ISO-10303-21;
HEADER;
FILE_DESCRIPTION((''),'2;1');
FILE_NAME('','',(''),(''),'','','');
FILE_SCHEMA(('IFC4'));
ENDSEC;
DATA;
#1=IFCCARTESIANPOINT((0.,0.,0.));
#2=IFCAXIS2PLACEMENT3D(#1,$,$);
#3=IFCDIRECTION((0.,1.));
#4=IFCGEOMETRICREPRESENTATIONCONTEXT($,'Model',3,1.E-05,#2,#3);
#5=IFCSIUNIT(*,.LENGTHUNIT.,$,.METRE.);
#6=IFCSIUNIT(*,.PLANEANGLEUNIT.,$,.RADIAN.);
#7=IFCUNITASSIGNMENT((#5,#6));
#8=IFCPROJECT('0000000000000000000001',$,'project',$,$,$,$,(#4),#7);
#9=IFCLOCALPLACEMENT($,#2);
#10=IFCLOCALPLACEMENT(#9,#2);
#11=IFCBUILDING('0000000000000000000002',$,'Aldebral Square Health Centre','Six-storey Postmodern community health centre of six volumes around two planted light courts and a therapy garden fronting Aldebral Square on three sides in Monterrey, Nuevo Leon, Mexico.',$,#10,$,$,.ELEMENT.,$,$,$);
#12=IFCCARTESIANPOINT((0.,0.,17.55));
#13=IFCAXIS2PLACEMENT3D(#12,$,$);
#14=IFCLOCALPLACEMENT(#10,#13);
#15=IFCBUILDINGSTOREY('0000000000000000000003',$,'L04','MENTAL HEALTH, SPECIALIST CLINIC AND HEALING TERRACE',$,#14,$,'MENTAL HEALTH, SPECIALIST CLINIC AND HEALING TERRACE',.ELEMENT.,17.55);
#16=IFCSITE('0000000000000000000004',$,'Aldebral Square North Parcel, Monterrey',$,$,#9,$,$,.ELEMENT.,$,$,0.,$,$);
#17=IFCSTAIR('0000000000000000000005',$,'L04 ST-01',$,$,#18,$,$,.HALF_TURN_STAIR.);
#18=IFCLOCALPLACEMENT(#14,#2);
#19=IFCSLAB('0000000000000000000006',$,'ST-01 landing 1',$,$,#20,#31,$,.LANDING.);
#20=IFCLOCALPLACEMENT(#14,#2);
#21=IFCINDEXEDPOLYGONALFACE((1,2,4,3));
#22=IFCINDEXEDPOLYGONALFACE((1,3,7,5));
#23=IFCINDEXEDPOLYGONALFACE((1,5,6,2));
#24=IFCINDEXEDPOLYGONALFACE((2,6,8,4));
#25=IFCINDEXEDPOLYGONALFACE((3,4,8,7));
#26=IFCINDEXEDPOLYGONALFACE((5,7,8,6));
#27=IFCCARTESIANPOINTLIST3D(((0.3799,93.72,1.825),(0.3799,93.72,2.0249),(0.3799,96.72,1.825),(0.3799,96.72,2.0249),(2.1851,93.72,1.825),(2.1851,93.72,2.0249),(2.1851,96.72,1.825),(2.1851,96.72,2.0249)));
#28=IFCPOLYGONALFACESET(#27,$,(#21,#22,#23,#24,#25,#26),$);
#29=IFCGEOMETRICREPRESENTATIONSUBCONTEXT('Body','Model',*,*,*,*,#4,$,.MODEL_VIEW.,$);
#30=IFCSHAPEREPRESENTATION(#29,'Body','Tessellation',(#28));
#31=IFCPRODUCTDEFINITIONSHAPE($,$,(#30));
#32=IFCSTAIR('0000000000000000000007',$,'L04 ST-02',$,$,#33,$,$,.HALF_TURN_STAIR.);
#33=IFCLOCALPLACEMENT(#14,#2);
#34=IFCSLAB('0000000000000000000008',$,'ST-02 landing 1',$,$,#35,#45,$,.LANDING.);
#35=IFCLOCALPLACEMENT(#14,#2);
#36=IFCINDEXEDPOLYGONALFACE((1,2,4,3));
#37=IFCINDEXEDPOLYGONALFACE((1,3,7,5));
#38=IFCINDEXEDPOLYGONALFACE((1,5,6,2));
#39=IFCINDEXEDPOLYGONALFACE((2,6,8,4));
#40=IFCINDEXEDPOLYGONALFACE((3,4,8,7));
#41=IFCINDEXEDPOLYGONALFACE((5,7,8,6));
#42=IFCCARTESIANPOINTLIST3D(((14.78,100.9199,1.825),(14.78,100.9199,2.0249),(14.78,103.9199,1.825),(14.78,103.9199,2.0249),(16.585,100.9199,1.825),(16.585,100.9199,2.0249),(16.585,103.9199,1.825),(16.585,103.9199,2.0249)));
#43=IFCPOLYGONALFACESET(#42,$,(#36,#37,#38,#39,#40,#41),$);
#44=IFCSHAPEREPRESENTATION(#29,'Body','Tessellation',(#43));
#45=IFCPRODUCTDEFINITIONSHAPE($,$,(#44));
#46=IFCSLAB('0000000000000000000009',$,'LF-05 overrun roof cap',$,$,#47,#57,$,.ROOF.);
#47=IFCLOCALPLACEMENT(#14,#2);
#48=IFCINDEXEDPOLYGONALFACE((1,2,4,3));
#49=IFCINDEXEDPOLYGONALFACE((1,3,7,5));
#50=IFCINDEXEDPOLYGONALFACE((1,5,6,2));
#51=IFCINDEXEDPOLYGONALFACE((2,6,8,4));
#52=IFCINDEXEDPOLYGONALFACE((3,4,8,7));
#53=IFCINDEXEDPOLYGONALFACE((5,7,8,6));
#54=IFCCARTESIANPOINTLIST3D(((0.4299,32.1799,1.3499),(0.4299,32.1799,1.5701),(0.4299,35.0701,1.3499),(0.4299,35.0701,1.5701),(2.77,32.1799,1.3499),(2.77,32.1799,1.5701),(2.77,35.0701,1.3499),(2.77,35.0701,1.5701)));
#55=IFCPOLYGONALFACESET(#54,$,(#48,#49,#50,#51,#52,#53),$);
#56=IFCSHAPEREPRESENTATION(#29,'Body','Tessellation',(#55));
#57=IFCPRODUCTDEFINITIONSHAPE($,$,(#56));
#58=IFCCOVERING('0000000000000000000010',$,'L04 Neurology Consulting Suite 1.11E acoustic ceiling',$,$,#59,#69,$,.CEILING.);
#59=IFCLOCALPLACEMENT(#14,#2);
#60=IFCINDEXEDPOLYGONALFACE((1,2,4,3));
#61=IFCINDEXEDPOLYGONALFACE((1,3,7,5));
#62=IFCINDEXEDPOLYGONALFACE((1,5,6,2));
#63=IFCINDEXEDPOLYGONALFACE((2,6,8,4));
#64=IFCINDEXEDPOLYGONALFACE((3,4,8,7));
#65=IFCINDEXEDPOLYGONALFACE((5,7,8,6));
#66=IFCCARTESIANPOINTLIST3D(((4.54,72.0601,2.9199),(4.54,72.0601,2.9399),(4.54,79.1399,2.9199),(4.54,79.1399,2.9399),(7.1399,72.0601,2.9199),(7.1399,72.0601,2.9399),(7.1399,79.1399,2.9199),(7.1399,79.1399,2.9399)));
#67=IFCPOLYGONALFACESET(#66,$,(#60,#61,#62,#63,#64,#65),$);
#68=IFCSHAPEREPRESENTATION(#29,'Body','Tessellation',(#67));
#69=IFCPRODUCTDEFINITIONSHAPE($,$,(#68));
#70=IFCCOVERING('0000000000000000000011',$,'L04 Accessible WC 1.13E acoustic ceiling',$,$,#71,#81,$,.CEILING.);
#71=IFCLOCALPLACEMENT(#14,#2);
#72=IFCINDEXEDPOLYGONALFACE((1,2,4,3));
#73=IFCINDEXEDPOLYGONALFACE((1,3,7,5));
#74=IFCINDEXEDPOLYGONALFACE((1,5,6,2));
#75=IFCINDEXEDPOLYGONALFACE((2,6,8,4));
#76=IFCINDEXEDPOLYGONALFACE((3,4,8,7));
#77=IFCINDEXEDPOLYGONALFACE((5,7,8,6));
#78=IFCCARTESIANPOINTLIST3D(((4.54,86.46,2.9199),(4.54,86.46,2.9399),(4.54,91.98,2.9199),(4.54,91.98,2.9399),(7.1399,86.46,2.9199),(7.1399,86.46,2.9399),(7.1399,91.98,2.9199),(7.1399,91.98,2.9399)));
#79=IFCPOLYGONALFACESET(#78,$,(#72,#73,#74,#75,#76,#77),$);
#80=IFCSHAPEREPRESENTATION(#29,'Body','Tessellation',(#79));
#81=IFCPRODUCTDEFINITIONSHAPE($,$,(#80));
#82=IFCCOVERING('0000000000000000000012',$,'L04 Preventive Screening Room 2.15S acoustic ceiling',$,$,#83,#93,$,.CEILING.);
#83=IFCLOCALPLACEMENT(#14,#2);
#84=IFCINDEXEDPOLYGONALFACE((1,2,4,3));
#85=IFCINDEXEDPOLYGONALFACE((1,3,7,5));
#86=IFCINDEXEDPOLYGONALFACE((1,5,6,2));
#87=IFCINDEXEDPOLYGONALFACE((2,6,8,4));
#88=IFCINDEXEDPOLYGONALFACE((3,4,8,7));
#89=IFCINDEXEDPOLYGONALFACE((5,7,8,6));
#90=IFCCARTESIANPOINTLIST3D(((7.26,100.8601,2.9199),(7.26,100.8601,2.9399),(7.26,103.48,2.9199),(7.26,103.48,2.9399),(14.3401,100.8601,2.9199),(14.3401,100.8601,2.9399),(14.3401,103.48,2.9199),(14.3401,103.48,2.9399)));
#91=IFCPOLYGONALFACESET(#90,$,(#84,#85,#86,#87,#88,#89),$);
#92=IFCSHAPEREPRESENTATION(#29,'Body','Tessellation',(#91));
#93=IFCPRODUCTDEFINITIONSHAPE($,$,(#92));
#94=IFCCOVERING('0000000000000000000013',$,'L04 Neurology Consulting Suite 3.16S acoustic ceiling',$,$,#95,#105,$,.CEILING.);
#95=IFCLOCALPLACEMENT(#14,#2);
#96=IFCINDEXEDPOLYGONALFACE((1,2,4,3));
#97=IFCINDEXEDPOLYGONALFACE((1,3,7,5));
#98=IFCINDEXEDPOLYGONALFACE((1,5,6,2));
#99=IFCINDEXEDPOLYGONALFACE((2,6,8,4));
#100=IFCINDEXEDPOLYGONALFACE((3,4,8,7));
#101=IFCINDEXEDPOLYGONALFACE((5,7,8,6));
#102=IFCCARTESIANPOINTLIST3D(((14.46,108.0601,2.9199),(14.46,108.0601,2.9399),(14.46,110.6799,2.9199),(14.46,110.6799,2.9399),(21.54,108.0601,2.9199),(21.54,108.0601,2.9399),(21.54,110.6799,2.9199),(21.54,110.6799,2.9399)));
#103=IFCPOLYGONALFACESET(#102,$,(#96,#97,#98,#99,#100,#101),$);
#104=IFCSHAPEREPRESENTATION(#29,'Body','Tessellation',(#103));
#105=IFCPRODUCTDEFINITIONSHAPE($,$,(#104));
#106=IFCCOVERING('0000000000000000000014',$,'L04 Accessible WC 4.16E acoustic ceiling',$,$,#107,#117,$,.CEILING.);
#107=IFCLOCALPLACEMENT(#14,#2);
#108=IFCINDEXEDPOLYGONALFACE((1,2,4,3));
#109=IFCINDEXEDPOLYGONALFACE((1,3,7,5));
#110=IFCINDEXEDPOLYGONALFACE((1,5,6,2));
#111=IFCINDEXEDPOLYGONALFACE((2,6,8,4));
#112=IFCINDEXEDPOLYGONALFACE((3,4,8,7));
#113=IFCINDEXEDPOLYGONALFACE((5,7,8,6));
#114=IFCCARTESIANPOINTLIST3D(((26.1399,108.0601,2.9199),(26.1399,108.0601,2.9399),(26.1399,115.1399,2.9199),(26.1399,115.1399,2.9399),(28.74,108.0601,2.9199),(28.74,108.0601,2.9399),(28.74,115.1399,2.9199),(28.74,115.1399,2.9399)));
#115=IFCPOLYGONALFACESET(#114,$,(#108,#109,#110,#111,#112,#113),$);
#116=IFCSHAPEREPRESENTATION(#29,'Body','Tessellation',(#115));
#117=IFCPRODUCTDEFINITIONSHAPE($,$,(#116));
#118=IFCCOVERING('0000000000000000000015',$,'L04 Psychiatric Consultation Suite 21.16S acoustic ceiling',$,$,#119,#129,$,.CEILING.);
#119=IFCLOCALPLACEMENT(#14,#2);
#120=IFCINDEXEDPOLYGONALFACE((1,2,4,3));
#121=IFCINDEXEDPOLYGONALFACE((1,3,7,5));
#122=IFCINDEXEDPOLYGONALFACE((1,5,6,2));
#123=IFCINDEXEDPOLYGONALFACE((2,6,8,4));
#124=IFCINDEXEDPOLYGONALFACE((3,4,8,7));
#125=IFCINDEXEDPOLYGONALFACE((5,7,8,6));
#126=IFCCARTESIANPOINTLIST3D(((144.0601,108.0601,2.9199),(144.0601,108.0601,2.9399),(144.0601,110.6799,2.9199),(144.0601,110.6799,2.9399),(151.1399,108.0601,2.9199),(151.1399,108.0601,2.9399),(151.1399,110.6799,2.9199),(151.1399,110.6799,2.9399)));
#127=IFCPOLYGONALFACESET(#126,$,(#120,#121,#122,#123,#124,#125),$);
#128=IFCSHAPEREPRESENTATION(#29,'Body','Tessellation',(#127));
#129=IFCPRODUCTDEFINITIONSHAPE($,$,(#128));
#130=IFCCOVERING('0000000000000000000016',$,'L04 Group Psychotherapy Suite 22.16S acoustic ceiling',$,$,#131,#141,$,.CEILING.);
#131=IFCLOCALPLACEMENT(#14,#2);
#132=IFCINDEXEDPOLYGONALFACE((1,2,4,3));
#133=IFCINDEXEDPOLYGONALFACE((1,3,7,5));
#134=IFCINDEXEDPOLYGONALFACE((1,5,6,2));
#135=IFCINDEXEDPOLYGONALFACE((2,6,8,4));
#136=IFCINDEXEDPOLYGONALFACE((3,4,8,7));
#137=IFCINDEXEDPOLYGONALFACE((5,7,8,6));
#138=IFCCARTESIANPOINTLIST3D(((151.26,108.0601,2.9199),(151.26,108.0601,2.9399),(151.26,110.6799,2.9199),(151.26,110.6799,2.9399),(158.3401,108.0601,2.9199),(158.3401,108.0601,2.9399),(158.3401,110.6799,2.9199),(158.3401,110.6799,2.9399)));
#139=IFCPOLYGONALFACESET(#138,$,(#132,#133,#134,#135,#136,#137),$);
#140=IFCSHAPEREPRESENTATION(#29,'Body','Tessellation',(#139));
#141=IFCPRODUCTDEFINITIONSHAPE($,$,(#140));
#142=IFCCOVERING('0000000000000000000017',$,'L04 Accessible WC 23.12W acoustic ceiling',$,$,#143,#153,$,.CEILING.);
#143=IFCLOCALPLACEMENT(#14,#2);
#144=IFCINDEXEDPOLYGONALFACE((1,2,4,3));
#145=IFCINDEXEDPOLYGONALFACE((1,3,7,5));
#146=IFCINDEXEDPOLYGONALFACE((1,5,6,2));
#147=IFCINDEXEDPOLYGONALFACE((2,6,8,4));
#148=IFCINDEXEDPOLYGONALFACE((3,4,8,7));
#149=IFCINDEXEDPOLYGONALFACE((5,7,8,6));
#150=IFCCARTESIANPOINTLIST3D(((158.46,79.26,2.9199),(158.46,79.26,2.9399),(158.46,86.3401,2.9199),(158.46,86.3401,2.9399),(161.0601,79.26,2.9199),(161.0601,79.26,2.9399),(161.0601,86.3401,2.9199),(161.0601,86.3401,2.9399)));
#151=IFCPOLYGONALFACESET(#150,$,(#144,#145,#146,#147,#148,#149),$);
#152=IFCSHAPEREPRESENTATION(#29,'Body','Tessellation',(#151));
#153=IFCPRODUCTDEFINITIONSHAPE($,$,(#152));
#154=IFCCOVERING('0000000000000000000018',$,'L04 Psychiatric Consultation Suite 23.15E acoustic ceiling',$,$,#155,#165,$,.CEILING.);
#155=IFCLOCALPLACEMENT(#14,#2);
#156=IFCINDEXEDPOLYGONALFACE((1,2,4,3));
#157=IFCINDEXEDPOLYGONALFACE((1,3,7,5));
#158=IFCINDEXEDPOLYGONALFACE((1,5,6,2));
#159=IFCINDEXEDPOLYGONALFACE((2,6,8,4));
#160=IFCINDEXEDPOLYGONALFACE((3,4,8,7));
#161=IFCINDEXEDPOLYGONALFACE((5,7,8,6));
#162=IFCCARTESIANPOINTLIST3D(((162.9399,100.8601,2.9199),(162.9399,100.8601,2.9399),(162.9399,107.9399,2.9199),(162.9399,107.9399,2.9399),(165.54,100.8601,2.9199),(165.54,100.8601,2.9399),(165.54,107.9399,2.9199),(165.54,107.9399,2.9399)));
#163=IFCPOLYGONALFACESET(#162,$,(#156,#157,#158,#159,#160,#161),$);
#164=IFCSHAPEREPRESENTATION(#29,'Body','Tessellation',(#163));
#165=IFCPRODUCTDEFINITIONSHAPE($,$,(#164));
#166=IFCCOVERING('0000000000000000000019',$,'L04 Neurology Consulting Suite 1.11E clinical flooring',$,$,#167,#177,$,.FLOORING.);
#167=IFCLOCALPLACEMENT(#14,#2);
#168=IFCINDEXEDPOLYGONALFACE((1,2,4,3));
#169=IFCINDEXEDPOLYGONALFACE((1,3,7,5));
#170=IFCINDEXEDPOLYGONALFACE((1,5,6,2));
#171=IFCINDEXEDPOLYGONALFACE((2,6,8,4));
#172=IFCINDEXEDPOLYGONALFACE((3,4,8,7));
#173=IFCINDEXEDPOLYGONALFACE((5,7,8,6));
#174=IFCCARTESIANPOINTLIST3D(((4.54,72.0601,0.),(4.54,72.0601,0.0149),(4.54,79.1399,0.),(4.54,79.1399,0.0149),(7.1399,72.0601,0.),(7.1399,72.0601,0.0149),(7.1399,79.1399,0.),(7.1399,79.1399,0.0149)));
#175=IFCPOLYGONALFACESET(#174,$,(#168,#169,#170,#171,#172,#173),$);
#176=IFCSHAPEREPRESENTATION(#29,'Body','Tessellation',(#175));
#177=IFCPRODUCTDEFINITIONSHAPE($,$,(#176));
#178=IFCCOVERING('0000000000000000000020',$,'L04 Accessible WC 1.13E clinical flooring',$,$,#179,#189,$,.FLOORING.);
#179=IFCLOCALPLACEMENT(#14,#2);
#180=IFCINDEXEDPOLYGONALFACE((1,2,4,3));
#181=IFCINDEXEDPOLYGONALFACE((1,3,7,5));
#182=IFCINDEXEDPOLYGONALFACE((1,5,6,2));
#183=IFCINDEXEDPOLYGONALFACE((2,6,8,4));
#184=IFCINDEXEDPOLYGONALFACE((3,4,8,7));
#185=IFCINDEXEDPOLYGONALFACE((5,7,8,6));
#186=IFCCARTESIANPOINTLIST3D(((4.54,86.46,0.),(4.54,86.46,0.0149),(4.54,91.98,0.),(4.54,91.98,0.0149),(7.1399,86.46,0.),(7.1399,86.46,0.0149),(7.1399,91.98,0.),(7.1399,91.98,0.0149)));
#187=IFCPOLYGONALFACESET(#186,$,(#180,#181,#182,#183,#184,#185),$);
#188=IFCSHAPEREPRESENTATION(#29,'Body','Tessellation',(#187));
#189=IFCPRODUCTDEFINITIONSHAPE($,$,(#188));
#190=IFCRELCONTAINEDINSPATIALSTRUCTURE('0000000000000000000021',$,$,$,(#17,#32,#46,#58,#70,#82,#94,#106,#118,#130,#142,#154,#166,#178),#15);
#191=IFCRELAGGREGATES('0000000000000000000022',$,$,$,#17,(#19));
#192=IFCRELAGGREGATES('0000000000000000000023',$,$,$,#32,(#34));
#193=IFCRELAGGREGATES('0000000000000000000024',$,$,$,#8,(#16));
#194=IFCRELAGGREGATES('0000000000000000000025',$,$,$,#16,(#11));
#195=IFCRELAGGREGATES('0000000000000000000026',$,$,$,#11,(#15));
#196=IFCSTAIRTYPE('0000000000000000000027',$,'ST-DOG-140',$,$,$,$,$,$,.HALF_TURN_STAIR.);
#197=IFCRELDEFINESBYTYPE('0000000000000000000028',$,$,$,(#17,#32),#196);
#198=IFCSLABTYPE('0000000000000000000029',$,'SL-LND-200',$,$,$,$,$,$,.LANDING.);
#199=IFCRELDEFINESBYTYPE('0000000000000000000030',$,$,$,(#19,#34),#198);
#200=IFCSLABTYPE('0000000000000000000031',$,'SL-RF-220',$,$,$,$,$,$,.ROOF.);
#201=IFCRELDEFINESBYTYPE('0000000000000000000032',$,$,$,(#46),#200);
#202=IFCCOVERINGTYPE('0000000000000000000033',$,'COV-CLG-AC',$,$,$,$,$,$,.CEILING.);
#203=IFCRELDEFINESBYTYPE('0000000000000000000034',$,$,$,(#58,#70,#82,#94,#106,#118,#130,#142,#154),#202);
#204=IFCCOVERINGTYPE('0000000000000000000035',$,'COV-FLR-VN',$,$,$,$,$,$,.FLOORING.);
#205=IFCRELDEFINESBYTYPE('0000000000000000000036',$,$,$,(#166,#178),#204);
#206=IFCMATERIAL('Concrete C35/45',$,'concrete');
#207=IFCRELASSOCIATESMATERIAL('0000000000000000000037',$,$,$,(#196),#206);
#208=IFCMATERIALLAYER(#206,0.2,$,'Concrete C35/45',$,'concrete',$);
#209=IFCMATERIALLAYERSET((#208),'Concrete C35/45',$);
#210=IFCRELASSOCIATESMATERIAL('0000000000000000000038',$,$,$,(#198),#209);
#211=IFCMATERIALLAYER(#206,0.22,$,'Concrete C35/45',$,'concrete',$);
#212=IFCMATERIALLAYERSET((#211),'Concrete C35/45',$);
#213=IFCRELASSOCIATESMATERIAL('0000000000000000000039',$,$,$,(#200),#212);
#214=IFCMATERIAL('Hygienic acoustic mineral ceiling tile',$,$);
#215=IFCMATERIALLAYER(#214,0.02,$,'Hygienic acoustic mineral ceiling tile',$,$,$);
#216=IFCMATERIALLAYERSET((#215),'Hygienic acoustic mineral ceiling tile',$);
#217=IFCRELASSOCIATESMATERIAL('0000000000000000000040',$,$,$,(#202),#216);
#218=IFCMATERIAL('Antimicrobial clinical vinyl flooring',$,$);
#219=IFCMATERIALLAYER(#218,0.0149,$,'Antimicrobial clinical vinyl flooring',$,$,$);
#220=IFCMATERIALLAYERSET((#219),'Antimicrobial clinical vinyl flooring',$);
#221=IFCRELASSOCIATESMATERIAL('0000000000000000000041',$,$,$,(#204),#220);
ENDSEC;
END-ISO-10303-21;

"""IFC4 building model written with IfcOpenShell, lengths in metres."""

from ifc_helpers import new_model, si_unit, direction, frame, origin, place, context, subcontext, project, spatial, polyline, outline, extrude, material, layer, layer_set, type_object, element, aggregate, save


model = new_model("IFC4")

# Units and contexts
model_context = context("Model", 3, precision=1e-05, world=origin(), true_north=direction((0.0, 1.0)))
body_context = subcontext(model_context, "Body", "Model", "MODEL_VIEW")
ifc_project = project(units=[si_unit("LENGTHUNIT", "METRE"), si_unit("PLANEANGLEUNIT", "RADIAN")], contexts=[model_context])

# Site, building, storey
site_placement = place(None, origin())
site = spatial("IfcSite", under=ifc_project, at=site_placement, Name="Aldebral Square North Parcel, Monterrey", CompositionType="ELEMENT", RefElevation=0.0)
building_placement = place(site_placement, origin())
building = spatial("IfcBuilding", under=site, at=building_placement, Name="Aldebral Square Health Centre", Description="Six-storey Postmodern community health centre of six volumes around two planted light courts and a therapy garden fronting Aldebral Square on three sides in Monterrey, Nuevo Leon, Mexico.", CompositionType="ELEMENT")
storey_placement = place(building_placement, frame((0.0, 0.0, 17.55)))
storey = spatial("IfcBuildingStorey", under=building, at=storey_placement, Name="L04", Description="MENTAL HEALTH, SPECIALIST CLINIC AND HEALING TERRACE", LongName="MENTAL HEALTH, SPECIALIST CLINIC AND HEALING TERRACE", CompositionType="ELEMENT", Elevation=17.55)

# Stairs, slabs
ifc_material_1 = material(Name="Concrete C35/45", Category="concrete")
stair_type = type_object("IfcStairType", Name="ST-DOG-140", PredefinedType="HALF_TURN_STAIR", material=ifc_material_1)
stair_1_placement = place(storey_placement, origin())
stair_1 = element("IfcStair", 1, at=stair_1_placement, inside=storey, type_object=stair_type, Name="L04 ST-01", PredefinedType="HALF_TURN_STAIR")
ifc_layer_1 = layer(ifc_material_1, 0.2, Name="Concrete C35/45", Category="concrete")
ifc_layer_set_1 = layer_set([ifc_layer_1], Name="Concrete C35/45")
slab_type_1 = type_object("IfcSlabType", Name="SL-LND-200", PredefinedType="LANDING", material=ifc_layer_set_1)
slab_1_placement = place(storey_placement, frame((0.0, 0.0, 1.825)))
slab_1 = element("IfcSlab", 2, at=slab_1_placement, type_object=slab_type_1, Name="ST-01 landing 1", PredefinedType="LANDING", context=body_context, shape_type="SweptSolid", body=[
    extrude(outline(polyline([(2.1851, 96.72), (0.3799, 96.72), (0.3799, 93.72), (2.1851, 93.72), (2.1851, 96.72)])), origin(), (0.0, 0.0, 1.0), 0.2),
])
aggregate(stair_1, [slab_1])
stair_2_placement = place(storey_placement, origin())
stair_2 = element("IfcStair", 3, at=stair_2_placement, inside=storey, type_object=stair_type, Name="L04 ST-02", PredefinedType="HALF_TURN_STAIR")
slab_2_placement = place(storey_placement, frame((0.0, 0.0, 1.825)))
slab_2 = element("IfcSlab", 4, at=slab_2_placement, type_object=slab_type_1, Name="ST-02 landing 1", PredefinedType="LANDING", context=body_context, shape_type="SweptSolid", body=[
    extrude(outline(polyline([(16.585, 103.9199), (14.78, 103.9199), (14.78, 100.9199), (16.585, 100.9199), (16.585, 103.9199)])), origin(), (0.0, 0.0, 1.0), 0.2),
])
aggregate(stair_2, [slab_2])

# Slab
ifc_layer_2 = layer(ifc_material_1, 0.22, Name="Concrete C35/45", Category="concrete")
ifc_layer_set_2 = layer_set([ifc_layer_2], Name="Concrete C35/45")
slab_type_2 = type_object("IfcSlabType", Name="SL-RF-220", PredefinedType="ROOF", material=ifc_layer_set_2)
slab_3_placement = place(storey_placement, frame((0.0, 0.0, 1.3499)))
element("IfcSlab", 5, at=slab_3_placement, inside=storey, type_object=slab_type_2, Name="LF-05 overrun roof cap", PredefinedType="ROOF", context=body_context, shape_type="SweptSolid", body=[
    extrude(outline(polyline([(0.4299, 32.1799), (2.77, 32.1799), (2.77, 35.0701), (0.4299, 35.0701), (0.4299, 32.1799)])), origin(), (0.0, 0.0, 1.0), 0.2202),
])

# Coverings
ifc_material_2 = material(Name="Hygienic acoustic mineral ceiling tile")
ifc_layer_3 = layer(ifc_material_2, 0.02, Name="Hygienic acoustic mineral ceiling tile")
ifc_layer_set_3 = layer_set([ifc_layer_3], Name="Hygienic acoustic mineral ceiling tile")
covering_type_1 = type_object("IfcCoveringType", Name="COV-CLG-AC", PredefinedType="CEILING", material=ifc_layer_set_3)
covering_1_placement = place(storey_placement, frame((0.0, 0.0, 2.9199)))
element("IfcCovering", 6, at=covering_1_placement, inside=storey, type_object=covering_type_1, Name="L04 Neurology Consulting Suite 1.11E acoustic ceiling", PredefinedType="CEILING", context=body_context, shape_type="SweptSolid", body=[
    extrude(outline(polyline([(4.54, 72.0601), (7.1399, 72.0601), (7.1399, 79.1399), (4.54, 79.1399), (4.54, 72.0601)])), origin(), (0.0, 0.0, 1.0), 0.02),
])
covering_2_placement = place(storey_placement, frame((0.0, 0.0, 2.9199)))
element("IfcCovering", 7, at=covering_2_placement, inside=storey, type_object=covering_type_1, Name="L04 Accessible WC 1.13E acoustic ceiling", PredefinedType="CEILING", context=body_context, shape_type="SweptSolid", body=[
    extrude(outline(polyline([(4.54, 86.46), (7.1399, 86.46), (7.1399, 91.98), (4.54, 91.98), (4.54, 86.46)])), origin(), (0.0, 0.0, 1.0), 0.02),
])
covering_3_placement = place(storey_placement, frame((0.0, 0.0, 2.9199)))
element("IfcCovering", 8, at=covering_3_placement, inside=storey, type_object=covering_type_1, Name="L04 Preventive Screening Room 2.15S acoustic ceiling", PredefinedType="CEILING", context=body_context, shape_type="SweptSolid", body=[
    extrude(outline(polyline([(7.26, 100.8601), (14.3401, 100.8601), (14.3401, 103.48), (7.26, 103.48), (7.26, 100.8601)])), origin(), (0.0, 0.0, 1.0), 0.02),
])
covering_4_placement = place(storey_placement, frame((0.0, 0.0, 2.9199)))
element("IfcCovering", 9, at=covering_4_placement, inside=storey, type_object=covering_type_1, Name="L04 Neurology Consulting Suite 3.16S acoustic ceiling", PredefinedType="CEILING", context=body_context, shape_type="SweptSolid", body=[
    extrude(outline(polyline([(14.46, 108.0601), (21.54, 108.0601), (21.54, 110.6799), (14.46, 110.6799), (14.46, 108.0601)])), origin(), (0.0, 0.0, 1.0), 0.02),
])
covering_5_placement = place(storey_placement, frame((0.0, 0.0, 2.9199)))
element("IfcCovering", 10, at=covering_5_placement, inside=storey, type_object=covering_type_1, Name="L04 Accessible WC 4.16E acoustic ceiling", PredefinedType="CEILING", context=body_context, shape_type="SweptSolid", body=[
    extrude(outline(polyline([(26.1399, 108.0601), (28.74, 108.0601), (28.74, 115.1399), (26.1399, 115.1399), (26.1399, 108.0601)])), origin(), (0.0, 0.0, 1.0), 0.02),
])
covering_6_placement = place(storey_placement, frame((0.0, 0.0, 2.9199)))
element("IfcCovering", 11, at=covering_6_placement, inside=storey, type_object=covering_type_1, Name="L04 Psychiatric Consultation Suite 21.16S acoustic ceiling", PredefinedType="CEILING", context=body_context, shape_type="SweptSolid", body=[
    extrude(outline(polyline([(144.0601, 108.0601), (151.1399, 108.0601), (151.1399, 110.6799), (144.0601, 110.6799), (144.0601, 108.0601)])), origin(), (0.0, 0.0, 1.0), 0.02),
])
covering_7_placement = place(storey_placement, frame((0.0, 0.0, 2.9199)))
element("IfcCovering", 12, at=covering_7_placement, inside=storey, type_object=covering_type_1, Name="L04 Group Psychotherapy Suite 22.16S acoustic ceiling", PredefinedType="CEILING", context=body_context, shape_type="SweptSolid", body=[
    extrude(outline(polyline([(151.26, 108.0601), (158.3401, 108.0601), (158.3401, 110.6799), (151.26, 110.6799), (151.26, 108.0601)])), origin(), (0.0, 0.0, 1.0), 0.02),
])
covering_8_placement = place(storey_placement, frame((0.0, 0.0, 2.9199)))
element("IfcCovering", 13, at=covering_8_placement, inside=storey, type_object=covering_type_1, Name="L04 Accessible WC 23.12W acoustic ceiling", PredefinedType="CEILING", context=body_context, shape_type="SweptSolid", body=[
    extrude(outline(polyline([(158.46, 79.26), (161.0601, 79.26), (161.0601, 86.3401), (158.46, 86.3401), (158.46, 79.26)])), origin(), (0.0, 0.0, 1.0), 0.02),
])
covering_9_placement = place(storey_placement, frame((0.0, 0.0, 2.9199)))
element("IfcCovering", 14, at=covering_9_placement, inside=storey, type_object=covering_type_1, Name="L04 Psychiatric Consultation Suite 23.15E acoustic ceiling", PredefinedType="CEILING", context=body_context, shape_type="SweptSolid", body=[
    extrude(outline(polyline([(162.9399, 100.8601), (165.54, 100.8601), (165.54, 107.9399), (162.9399, 107.9399), (162.9399, 100.8601)])), origin(), (0.0, 0.0, 1.0), 0.02),
])
ifc_material_3 = material(Name="Antimicrobial clinical vinyl flooring")
ifc_layer_4 = layer(ifc_material_3, 0.0149, Name="Antimicrobial clinical vinyl flooring")
ifc_layer_set_4 = layer_set([ifc_layer_4], Name="Antimicrobial clinical vinyl flooring")
covering_type_2 = type_object("IfcCoveringType", Name="COV-FLR-VN", PredefinedType="FLOORING", material=ifc_layer_set_4)
covering_10_placement = place(storey_placement, origin())
element("IfcCovering", 15, at=covering_10_placement, inside=storey, type_object=covering_type_2, Name="L04 Neurology Consulting Suite 1.11E clinical flooring", PredefinedType="FLOORING", context=body_context, shape_type="SweptSolid", body=[
    extrude(outline(polyline([(4.54, 72.0601), (7.1399, 72.0601), (7.1399, 79.1399), (4.54, 79.1399), (4.54, 72.0601)])), origin(), (0.0, 0.0, 1.0), 0.0149),
])
covering_11_placement = place(storey_placement, origin())
element("IfcCovering", 16, at=covering_11_placement, inside=storey, type_object=covering_type_2, Name="L04 Accessible WC 1.13E clinical flooring", PredefinedType="FLOORING", context=body_context, shape_type="SweptSolid", body=[
    extrude(outline(polyline([(4.54, 86.46), (7.1399, 86.46), (7.1399, 91.98), (4.54, 91.98), (4.54, 86.46)])), origin(), (0.0, 0.0, 1.0), 0.0149),
])

save(model, "model.ifc")
